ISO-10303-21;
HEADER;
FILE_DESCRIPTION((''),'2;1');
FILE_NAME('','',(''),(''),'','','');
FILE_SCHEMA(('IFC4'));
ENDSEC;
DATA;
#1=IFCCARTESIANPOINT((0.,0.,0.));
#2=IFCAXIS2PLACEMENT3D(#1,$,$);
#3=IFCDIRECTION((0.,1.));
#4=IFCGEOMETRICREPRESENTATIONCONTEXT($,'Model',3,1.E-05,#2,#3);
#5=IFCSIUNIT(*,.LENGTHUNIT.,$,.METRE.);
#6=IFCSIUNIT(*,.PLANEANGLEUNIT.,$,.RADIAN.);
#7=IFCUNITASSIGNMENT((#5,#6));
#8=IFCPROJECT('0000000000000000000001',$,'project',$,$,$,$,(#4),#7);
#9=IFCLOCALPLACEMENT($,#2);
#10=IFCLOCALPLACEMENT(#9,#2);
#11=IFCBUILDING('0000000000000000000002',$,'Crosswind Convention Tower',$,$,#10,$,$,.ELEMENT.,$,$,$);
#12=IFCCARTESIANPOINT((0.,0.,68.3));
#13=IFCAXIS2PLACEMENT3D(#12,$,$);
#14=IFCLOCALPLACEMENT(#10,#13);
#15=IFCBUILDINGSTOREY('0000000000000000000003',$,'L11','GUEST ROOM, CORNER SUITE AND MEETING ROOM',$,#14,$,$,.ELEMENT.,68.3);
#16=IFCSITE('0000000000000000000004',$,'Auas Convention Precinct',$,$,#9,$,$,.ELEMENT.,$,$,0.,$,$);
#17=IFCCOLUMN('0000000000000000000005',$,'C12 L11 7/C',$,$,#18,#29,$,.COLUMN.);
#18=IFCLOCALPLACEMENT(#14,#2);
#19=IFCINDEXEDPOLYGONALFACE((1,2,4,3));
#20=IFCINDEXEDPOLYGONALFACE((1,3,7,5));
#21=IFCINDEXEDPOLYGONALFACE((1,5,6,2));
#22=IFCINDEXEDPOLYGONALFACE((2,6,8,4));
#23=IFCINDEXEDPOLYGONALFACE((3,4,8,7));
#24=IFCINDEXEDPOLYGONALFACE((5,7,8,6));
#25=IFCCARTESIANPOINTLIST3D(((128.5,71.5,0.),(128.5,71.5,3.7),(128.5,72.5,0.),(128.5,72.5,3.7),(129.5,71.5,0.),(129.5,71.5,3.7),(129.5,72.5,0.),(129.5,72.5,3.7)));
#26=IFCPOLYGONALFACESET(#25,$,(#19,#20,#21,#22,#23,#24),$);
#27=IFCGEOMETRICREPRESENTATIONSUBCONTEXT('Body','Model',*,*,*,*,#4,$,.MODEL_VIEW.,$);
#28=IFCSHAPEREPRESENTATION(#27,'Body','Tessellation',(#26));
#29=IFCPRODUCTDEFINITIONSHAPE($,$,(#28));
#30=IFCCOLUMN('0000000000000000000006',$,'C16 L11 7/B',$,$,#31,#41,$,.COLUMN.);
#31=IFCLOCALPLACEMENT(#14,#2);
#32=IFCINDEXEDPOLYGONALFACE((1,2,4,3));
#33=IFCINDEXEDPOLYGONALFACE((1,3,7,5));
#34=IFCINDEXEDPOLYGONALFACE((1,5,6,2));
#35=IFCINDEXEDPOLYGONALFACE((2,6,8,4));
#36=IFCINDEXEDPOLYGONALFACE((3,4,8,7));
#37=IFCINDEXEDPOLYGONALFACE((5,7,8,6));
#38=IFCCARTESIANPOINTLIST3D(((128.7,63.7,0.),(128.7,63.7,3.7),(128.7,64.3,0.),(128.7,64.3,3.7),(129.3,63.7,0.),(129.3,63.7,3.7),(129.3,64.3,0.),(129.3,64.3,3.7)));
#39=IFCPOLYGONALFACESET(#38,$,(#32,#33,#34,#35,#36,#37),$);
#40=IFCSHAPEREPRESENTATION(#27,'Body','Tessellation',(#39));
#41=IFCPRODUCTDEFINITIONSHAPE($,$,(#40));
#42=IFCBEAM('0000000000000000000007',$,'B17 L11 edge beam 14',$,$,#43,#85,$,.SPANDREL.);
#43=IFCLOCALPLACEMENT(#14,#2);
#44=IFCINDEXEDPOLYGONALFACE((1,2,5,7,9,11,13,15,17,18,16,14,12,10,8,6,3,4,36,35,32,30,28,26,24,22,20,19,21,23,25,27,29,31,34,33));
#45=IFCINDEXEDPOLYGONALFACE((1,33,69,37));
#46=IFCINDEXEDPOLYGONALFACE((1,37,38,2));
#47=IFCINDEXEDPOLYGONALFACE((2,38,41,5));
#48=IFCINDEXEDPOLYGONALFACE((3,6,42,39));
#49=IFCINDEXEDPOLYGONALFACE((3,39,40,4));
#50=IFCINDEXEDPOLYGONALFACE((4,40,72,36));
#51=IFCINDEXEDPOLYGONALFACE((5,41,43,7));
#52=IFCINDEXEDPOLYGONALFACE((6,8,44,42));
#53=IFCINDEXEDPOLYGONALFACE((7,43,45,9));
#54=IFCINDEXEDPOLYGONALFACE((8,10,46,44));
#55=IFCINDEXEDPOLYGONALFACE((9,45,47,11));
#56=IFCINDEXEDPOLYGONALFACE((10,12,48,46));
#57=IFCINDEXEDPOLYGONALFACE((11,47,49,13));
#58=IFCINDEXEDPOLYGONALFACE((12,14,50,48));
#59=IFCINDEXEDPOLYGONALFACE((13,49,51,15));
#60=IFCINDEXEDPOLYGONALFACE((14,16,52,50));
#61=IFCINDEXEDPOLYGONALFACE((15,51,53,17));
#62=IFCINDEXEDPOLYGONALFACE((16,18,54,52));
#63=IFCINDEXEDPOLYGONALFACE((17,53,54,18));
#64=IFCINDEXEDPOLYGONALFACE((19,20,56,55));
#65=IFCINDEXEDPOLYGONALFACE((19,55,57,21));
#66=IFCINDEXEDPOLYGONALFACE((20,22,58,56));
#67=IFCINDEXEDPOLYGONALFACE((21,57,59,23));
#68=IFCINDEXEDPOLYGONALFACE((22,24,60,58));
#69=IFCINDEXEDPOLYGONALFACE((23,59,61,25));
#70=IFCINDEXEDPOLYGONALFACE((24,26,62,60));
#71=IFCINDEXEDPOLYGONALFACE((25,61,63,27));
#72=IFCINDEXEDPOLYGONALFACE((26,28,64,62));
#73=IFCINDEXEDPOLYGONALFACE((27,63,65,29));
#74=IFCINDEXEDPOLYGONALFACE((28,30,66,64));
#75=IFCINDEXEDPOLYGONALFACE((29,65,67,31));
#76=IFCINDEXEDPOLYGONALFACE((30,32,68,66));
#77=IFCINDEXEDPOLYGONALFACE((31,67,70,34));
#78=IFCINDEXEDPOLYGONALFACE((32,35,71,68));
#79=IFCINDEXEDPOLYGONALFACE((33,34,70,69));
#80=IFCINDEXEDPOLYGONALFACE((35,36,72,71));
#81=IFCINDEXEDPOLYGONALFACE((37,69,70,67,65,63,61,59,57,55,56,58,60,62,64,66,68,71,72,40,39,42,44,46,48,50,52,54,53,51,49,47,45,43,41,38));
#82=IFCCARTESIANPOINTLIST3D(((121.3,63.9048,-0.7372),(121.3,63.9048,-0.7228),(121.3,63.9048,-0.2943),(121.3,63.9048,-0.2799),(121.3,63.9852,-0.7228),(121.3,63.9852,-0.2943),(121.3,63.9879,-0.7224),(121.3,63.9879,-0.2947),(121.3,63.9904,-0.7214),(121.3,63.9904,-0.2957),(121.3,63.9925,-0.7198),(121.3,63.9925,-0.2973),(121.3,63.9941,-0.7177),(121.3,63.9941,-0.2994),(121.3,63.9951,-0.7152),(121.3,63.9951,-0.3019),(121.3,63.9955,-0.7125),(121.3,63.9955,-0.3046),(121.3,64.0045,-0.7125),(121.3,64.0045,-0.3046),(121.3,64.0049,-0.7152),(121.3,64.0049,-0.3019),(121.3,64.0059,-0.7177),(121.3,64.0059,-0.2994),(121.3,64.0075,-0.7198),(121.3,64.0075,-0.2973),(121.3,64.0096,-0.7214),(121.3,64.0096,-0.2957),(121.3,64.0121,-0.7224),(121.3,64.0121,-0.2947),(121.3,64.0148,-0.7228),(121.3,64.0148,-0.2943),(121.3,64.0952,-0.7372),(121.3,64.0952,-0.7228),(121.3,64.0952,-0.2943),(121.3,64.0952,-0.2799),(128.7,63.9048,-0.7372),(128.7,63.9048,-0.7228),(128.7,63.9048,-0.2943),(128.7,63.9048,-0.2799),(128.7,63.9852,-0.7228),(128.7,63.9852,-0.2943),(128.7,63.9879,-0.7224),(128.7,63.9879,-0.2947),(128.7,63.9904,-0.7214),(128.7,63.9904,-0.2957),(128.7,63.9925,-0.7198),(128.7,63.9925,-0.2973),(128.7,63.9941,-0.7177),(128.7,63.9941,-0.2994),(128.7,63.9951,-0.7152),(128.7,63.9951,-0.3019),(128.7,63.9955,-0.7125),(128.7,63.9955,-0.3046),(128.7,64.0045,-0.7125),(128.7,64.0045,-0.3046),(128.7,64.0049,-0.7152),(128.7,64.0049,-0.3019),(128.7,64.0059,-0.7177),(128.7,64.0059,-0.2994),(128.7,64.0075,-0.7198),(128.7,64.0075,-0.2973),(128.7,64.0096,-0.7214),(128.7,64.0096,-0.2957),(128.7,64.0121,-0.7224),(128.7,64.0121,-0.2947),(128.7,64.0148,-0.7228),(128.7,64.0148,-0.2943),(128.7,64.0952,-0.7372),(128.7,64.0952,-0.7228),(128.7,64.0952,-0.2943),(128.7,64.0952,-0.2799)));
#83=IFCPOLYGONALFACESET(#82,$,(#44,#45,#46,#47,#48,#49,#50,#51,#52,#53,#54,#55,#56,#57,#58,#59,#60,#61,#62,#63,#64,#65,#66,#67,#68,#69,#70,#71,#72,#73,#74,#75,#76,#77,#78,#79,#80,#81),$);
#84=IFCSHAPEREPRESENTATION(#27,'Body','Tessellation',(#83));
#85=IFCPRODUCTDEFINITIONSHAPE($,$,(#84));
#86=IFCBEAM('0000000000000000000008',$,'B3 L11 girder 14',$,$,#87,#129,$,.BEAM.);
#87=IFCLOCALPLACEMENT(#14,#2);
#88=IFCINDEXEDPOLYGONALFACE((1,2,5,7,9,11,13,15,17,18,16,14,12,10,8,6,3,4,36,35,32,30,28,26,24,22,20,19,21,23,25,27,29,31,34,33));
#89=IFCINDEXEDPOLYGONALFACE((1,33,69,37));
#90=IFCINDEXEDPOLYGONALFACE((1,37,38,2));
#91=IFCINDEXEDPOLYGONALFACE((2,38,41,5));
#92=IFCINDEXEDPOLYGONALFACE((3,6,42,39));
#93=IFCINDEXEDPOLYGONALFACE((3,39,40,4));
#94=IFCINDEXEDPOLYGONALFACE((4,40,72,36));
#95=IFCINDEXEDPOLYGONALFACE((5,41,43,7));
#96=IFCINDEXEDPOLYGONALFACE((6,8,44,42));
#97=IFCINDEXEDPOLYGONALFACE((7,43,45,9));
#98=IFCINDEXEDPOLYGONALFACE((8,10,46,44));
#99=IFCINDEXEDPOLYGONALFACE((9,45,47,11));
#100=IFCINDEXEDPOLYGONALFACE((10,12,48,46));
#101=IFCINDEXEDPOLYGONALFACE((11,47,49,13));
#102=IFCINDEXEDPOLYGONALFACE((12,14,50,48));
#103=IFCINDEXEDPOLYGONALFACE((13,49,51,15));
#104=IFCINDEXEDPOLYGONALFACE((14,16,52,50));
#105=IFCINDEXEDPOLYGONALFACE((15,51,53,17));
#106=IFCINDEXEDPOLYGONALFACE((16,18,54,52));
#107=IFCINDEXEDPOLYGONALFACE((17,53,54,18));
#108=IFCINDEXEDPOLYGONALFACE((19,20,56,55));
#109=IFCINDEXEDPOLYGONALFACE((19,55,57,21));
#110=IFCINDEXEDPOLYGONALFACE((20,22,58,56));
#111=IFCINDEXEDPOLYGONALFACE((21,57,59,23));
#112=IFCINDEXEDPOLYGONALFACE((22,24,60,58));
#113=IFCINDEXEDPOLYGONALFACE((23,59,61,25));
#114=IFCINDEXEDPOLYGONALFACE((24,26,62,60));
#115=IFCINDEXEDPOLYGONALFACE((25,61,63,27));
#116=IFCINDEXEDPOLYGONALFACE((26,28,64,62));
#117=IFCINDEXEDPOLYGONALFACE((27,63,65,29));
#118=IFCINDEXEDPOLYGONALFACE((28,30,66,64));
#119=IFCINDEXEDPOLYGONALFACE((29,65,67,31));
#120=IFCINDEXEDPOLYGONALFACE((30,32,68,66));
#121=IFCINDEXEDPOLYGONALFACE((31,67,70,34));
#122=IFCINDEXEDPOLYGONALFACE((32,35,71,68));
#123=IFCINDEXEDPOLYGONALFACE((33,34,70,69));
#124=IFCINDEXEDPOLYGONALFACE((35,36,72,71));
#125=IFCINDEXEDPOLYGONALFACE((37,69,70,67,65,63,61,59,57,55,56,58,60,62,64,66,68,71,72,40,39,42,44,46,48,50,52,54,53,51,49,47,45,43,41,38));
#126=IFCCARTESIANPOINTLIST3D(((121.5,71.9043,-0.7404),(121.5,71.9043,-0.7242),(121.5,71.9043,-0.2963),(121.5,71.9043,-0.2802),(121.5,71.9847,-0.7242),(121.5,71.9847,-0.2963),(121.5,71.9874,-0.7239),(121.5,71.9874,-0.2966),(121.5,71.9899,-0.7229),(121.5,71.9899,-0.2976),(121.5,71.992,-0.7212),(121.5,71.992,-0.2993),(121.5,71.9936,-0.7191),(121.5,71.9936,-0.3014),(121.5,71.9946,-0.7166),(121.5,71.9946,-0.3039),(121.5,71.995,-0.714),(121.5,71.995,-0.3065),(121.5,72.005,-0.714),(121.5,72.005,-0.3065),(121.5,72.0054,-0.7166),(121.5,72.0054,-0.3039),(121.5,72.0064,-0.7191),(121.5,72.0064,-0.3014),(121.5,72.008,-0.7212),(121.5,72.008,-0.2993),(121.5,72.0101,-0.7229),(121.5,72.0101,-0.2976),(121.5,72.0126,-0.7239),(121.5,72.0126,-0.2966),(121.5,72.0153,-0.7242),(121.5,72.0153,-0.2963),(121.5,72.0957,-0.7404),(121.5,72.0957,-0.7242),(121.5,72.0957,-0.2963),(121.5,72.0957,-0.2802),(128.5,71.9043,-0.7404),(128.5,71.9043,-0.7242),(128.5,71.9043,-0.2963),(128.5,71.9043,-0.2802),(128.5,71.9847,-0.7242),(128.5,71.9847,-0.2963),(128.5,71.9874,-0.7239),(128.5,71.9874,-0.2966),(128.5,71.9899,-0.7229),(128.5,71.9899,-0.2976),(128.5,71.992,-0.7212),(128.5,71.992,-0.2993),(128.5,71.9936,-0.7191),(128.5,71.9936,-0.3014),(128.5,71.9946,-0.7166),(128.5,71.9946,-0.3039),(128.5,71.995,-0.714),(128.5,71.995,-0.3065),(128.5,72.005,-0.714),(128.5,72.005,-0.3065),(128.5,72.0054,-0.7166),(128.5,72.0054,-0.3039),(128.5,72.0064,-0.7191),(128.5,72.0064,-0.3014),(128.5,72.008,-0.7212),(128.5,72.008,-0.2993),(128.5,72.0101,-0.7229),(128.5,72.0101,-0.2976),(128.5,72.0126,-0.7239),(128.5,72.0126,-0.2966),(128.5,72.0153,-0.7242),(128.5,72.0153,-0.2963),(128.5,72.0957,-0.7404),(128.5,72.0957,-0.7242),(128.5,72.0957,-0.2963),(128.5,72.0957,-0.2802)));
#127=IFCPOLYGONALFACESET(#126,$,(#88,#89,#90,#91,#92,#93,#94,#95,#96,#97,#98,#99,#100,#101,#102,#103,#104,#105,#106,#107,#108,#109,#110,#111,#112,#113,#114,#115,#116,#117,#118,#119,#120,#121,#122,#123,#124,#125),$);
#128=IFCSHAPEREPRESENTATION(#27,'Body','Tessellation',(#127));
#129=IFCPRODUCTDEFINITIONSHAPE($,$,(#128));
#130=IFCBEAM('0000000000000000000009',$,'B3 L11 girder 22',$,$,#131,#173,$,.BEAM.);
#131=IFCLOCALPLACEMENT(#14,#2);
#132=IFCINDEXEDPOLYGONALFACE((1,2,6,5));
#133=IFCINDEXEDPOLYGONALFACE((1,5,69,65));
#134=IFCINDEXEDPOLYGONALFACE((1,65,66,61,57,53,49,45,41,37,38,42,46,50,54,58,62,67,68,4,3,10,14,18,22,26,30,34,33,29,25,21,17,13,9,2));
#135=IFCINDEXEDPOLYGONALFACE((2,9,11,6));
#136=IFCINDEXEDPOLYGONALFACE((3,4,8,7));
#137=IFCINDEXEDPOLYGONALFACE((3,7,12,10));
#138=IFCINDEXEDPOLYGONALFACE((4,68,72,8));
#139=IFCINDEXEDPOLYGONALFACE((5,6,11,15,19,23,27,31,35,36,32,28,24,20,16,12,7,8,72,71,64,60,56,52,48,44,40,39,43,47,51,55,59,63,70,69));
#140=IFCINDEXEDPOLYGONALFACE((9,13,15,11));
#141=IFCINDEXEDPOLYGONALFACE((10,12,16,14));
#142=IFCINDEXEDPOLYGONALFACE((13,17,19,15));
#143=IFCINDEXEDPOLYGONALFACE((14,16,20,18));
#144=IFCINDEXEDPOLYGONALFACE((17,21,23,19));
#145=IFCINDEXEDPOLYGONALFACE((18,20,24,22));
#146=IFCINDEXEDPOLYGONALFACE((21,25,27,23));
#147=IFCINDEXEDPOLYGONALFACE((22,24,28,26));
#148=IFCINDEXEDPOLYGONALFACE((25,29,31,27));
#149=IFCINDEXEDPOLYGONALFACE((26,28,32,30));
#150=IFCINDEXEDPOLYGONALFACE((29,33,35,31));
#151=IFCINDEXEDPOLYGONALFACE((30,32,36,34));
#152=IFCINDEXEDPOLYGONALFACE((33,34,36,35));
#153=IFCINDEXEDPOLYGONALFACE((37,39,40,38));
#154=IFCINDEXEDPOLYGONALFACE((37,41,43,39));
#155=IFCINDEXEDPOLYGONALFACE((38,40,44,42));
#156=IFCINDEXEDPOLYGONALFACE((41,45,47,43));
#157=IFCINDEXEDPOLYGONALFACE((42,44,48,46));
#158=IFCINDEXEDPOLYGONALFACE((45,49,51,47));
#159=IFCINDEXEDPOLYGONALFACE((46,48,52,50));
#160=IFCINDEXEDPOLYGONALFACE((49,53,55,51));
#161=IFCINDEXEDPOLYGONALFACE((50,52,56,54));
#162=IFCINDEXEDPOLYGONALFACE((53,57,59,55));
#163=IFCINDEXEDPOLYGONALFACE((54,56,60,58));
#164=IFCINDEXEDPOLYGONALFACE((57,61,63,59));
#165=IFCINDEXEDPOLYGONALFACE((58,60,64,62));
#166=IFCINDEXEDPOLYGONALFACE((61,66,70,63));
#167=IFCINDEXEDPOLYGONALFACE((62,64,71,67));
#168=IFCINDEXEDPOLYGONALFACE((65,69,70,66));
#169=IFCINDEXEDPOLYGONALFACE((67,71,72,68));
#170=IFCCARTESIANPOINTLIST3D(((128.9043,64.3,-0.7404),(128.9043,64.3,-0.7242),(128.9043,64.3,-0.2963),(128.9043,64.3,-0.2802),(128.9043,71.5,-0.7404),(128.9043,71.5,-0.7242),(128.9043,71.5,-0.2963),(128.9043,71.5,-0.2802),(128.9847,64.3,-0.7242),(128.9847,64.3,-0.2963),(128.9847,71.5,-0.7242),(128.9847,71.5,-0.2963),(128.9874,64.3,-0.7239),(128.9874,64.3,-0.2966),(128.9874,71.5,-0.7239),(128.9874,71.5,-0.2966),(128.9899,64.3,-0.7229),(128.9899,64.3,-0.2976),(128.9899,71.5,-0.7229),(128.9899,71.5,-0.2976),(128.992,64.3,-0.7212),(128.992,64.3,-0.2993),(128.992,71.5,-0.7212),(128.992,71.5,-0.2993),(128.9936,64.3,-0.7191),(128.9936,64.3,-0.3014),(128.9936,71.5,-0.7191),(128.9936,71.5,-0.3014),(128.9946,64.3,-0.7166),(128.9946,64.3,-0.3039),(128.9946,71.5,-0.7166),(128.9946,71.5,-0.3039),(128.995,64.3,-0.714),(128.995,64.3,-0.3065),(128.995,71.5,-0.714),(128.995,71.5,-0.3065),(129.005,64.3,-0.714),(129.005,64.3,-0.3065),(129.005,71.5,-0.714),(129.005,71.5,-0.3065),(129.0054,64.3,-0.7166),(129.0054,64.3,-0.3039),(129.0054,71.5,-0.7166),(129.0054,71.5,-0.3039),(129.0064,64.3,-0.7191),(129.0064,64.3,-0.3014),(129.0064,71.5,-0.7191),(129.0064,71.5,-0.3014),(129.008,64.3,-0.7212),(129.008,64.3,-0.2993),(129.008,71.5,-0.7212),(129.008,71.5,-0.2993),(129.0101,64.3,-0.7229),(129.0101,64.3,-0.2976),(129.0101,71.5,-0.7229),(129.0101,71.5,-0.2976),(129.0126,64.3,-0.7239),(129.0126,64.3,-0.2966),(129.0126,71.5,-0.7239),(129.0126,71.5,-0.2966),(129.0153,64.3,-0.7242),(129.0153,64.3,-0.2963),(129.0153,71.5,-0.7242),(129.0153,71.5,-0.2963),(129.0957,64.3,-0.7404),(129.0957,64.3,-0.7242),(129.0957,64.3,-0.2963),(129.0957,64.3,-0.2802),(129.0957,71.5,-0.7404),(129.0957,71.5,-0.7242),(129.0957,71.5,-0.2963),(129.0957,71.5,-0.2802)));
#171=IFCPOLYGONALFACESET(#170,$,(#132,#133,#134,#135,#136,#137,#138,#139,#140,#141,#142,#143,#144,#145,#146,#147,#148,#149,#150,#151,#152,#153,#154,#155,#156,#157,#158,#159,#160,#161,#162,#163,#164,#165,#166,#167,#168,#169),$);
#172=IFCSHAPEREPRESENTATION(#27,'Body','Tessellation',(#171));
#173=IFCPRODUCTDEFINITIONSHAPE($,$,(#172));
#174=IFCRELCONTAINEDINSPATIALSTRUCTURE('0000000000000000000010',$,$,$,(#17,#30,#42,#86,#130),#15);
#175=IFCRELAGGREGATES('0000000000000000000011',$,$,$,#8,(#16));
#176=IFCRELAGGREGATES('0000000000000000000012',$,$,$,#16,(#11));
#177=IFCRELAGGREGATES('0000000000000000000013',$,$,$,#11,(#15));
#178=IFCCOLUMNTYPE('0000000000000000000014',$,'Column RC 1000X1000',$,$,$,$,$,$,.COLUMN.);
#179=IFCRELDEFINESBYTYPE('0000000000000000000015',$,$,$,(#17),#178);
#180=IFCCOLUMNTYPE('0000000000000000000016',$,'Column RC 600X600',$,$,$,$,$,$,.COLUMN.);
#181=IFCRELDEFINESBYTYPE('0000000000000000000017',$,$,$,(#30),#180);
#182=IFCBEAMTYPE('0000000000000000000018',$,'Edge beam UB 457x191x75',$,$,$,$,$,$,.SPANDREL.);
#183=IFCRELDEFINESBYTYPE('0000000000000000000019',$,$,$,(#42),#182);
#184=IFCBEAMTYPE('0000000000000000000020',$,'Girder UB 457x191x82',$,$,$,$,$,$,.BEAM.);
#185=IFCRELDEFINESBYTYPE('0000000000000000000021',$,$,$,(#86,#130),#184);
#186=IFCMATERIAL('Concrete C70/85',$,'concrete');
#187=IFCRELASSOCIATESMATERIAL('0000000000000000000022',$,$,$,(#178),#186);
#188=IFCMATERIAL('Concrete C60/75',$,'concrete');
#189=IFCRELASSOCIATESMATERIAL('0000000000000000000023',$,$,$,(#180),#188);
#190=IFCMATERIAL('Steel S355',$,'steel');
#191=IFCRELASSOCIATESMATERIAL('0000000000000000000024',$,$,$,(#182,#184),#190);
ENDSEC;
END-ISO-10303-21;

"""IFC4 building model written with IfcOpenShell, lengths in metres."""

from ifc_helpers import new_model, si_unit, direction, frame, origin, origin_2d, place, context, subcontext, project, spatial, rectangle, i_section, extrude, material, material_profile, profile_set, type_object, element, save


model = new_model("IFC4")

# Units and contexts
model_context = context("Model", 3, precision=1e-05, world=origin(), true_north=direction((0.0, 1.0)))
body_context = subcontext(model_context, "Body", "Model", "MODEL_VIEW")
ifc_project = project(units=[si_unit("LENGTHUNIT", "METRE"), si_unit("PLANEANGLEUNIT", "RADIAN")], contexts=[model_context])

# Site, building, storey
site_placement = place(None, origin())
site = spatial("IfcSite", under=ifc_project, at=site_placement, Name="Auas Convention Precinct", CompositionType="ELEMENT", RefElevation=0.0)
building_placement = place(site_placement, origin())
building = spatial("IfcBuilding", under=site, at=building_placement, Name="Crosswind Convention Tower", CompositionType="ELEMENT")
storey_placement = place(building_placement, frame((0.0, 0.0, 68.3)))
storey = spatial("IfcBuildingStorey", under=building, at=storey_placement, Name="L11", Description="GUEST ROOM, CORNER SUITE AND MEETING ROOM", CompositionType="ELEMENT", Elevation=68.3)

# Columns
ifc_material_1 = material(Name="Concrete C70/85", Category="concrete")
ifc_material_profile_1 = material_profile(ifc_material_1, rectangle(XDim=1.0, YDim=1.0, at=origin_2d()), Name="RC 1000X1000")
ifc_profile_set_1 = profile_set([ifc_material_profile_1], Name="Concrete C70/85")
column_type_1 = type_object("IfcColumnType", Name="Column RC 1000X1000", PredefinedType="COLUMN", material=ifc_profile_set_1)
column_1_placement = place(storey_placement, frame((129.0, 72.0, 0.0), z_axis=(0.0, 0.0, 1.0), x_axis=(1.0, 0.0, 0.0)))
element("IfcColumn", 1, at=column_1_placement, inside=storey, type_object=column_type_1, Name="C12 L11 7/C", PredefinedType="COLUMN", context=body_context, shape_type="SweptSolid", body=[
    extrude(rectangle(XDim=1.0, YDim=1.0, at=origin_2d()), origin(), (0.0, 0.0, 1.0), 3.7),
])
ifc_material_2 = material(Name="Concrete C60/75", Category="concrete")
ifc_material_profile_2 = material_profile(ifc_material_2, rectangle(XDim=0.6001, YDim=0.6001, at=origin_2d()), Name="RC 600X600")
ifc_profile_set_2 = profile_set([ifc_material_profile_2], Name="Concrete C60/75")
column_type_2 = type_object("IfcColumnType", Name="Column RC 600X600", PredefinedType="COLUMN", material=ifc_profile_set_2)
column_2_placement = place(storey_placement, frame((129.0, 64.0, 0.0), z_axis=(0.0, 0.0, 1.0), x_axis=(1.0, 0.0, 0.0)))
element("IfcColumn", 2, at=column_2_placement, inside=storey, type_object=column_type_2, Name="C16 L11 7/B", PredefinedType="COLUMN", context=body_context, shape_type="SweptSolid", body=[
    extrude(rectangle(XDim=0.6001, YDim=0.6001, at=origin_2d()), origin(), (0.0, 0.0, 1.0), 3.7),
])

# Beams
ifc_material_3 = material(Name="Steel S355", Category="steel")
ifc_material_profile_3 = material_profile(ifc_material_3, i_section(OverallWidth=0.1904, OverallDepth=0.4573, WebThickness=0.009, FlangeThickness=0.0144, FilletRadius=0.0103, at=origin_2d()), Name="UB 457x191x75")
ifc_profile_set_3 = profile_set([ifc_material_profile_3], Name="Steel S355")
beam_type_1 = type_object("IfcBeamType", Name="Edge beam UB 457x191x75", PredefinedType="SPANDREL", material=ifc_profile_set_3)
beam_1_placement = place(storey_placement, frame((121.3, 64.0, -0.5085), z_axis=(1.0, 0.0, 0.0), x_axis=(0.0, 1.0, 0.0)))
element("IfcBeam", 3, at=beam_1_placement, inside=storey, type_object=beam_type_1, Name="B17 L11 edge beam 14", PredefinedType="SPANDREL", context=body_context, shape_type="SweptSolid", body=[
    extrude(i_section(OverallWidth=0.1904, OverallDepth=0.4573, WebThickness=0.009, FlangeThickness=0.0144, FilletRadius=0.0103, at=origin_2d()), origin(), (0.0, 0.0, 1.0), 7.3999),
])
ifc_material_profile_4 = material_profile(ifc_material_3, i_section(OverallWidth=0.1914, OverallDepth=0.4602, WebThickness=0.01, FlangeThickness=0.0161, FilletRadius=0.0103, at=origin_2d()), Name="UB 457x191x82")
ifc_profile_set_4 = profile_set([ifc_material_profile_4], Name="Steel S355")
beam_type_2 = type_object("IfcBeamType", Name="Girder UB 457x191x82", PredefinedType="BEAM", material=ifc_profile_set_4)
beam_2_placement = place(storey_placement, frame((121.5, 72.0, -0.5103), z_axis=(1.0, 0.0, 0.0), x_axis=(0.0, 1.0, 0.0)))
element("IfcBeam", 4, at=beam_2_placement, inside=storey, type_object=beam_type_2, Name="B3 L11 girder 14", PredefinedType="BEAM", context=body_context, shape_type="SweptSolid", body=[
    extrude(i_section(OverallWidth=0.1914, OverallDepth=0.4602, WebThickness=0.01, FlangeThickness=0.0161, FilletRadius=0.0103, at=origin_2d()), origin(), (0.0, 0.0, 1.0), 7.0),
])
beam_3_placement = place(storey_placement, frame((129.0, 64.3, -0.5103), z_axis=(0.0, 1.0, 0.0), x_axis=(-1.0, 0.0, 0.0)))
element("IfcBeam", 5, at=beam_3_placement, inside=storey, type_object=beam_type_2, Name="B3 L11 girder 22", PredefinedType="BEAM", context=body_context, shape_type="SweptSolid", body=[
    extrude(i_section(OverallWidth=0.1914, OverallDepth=0.4602, WebThickness=0.01, FlangeThickness=0.0161, FilletRadius=0.0103, at=origin_2d()), origin(), (0.0, 0.0, 1.0), 7.2),
])

save(model, "model.ifc")
